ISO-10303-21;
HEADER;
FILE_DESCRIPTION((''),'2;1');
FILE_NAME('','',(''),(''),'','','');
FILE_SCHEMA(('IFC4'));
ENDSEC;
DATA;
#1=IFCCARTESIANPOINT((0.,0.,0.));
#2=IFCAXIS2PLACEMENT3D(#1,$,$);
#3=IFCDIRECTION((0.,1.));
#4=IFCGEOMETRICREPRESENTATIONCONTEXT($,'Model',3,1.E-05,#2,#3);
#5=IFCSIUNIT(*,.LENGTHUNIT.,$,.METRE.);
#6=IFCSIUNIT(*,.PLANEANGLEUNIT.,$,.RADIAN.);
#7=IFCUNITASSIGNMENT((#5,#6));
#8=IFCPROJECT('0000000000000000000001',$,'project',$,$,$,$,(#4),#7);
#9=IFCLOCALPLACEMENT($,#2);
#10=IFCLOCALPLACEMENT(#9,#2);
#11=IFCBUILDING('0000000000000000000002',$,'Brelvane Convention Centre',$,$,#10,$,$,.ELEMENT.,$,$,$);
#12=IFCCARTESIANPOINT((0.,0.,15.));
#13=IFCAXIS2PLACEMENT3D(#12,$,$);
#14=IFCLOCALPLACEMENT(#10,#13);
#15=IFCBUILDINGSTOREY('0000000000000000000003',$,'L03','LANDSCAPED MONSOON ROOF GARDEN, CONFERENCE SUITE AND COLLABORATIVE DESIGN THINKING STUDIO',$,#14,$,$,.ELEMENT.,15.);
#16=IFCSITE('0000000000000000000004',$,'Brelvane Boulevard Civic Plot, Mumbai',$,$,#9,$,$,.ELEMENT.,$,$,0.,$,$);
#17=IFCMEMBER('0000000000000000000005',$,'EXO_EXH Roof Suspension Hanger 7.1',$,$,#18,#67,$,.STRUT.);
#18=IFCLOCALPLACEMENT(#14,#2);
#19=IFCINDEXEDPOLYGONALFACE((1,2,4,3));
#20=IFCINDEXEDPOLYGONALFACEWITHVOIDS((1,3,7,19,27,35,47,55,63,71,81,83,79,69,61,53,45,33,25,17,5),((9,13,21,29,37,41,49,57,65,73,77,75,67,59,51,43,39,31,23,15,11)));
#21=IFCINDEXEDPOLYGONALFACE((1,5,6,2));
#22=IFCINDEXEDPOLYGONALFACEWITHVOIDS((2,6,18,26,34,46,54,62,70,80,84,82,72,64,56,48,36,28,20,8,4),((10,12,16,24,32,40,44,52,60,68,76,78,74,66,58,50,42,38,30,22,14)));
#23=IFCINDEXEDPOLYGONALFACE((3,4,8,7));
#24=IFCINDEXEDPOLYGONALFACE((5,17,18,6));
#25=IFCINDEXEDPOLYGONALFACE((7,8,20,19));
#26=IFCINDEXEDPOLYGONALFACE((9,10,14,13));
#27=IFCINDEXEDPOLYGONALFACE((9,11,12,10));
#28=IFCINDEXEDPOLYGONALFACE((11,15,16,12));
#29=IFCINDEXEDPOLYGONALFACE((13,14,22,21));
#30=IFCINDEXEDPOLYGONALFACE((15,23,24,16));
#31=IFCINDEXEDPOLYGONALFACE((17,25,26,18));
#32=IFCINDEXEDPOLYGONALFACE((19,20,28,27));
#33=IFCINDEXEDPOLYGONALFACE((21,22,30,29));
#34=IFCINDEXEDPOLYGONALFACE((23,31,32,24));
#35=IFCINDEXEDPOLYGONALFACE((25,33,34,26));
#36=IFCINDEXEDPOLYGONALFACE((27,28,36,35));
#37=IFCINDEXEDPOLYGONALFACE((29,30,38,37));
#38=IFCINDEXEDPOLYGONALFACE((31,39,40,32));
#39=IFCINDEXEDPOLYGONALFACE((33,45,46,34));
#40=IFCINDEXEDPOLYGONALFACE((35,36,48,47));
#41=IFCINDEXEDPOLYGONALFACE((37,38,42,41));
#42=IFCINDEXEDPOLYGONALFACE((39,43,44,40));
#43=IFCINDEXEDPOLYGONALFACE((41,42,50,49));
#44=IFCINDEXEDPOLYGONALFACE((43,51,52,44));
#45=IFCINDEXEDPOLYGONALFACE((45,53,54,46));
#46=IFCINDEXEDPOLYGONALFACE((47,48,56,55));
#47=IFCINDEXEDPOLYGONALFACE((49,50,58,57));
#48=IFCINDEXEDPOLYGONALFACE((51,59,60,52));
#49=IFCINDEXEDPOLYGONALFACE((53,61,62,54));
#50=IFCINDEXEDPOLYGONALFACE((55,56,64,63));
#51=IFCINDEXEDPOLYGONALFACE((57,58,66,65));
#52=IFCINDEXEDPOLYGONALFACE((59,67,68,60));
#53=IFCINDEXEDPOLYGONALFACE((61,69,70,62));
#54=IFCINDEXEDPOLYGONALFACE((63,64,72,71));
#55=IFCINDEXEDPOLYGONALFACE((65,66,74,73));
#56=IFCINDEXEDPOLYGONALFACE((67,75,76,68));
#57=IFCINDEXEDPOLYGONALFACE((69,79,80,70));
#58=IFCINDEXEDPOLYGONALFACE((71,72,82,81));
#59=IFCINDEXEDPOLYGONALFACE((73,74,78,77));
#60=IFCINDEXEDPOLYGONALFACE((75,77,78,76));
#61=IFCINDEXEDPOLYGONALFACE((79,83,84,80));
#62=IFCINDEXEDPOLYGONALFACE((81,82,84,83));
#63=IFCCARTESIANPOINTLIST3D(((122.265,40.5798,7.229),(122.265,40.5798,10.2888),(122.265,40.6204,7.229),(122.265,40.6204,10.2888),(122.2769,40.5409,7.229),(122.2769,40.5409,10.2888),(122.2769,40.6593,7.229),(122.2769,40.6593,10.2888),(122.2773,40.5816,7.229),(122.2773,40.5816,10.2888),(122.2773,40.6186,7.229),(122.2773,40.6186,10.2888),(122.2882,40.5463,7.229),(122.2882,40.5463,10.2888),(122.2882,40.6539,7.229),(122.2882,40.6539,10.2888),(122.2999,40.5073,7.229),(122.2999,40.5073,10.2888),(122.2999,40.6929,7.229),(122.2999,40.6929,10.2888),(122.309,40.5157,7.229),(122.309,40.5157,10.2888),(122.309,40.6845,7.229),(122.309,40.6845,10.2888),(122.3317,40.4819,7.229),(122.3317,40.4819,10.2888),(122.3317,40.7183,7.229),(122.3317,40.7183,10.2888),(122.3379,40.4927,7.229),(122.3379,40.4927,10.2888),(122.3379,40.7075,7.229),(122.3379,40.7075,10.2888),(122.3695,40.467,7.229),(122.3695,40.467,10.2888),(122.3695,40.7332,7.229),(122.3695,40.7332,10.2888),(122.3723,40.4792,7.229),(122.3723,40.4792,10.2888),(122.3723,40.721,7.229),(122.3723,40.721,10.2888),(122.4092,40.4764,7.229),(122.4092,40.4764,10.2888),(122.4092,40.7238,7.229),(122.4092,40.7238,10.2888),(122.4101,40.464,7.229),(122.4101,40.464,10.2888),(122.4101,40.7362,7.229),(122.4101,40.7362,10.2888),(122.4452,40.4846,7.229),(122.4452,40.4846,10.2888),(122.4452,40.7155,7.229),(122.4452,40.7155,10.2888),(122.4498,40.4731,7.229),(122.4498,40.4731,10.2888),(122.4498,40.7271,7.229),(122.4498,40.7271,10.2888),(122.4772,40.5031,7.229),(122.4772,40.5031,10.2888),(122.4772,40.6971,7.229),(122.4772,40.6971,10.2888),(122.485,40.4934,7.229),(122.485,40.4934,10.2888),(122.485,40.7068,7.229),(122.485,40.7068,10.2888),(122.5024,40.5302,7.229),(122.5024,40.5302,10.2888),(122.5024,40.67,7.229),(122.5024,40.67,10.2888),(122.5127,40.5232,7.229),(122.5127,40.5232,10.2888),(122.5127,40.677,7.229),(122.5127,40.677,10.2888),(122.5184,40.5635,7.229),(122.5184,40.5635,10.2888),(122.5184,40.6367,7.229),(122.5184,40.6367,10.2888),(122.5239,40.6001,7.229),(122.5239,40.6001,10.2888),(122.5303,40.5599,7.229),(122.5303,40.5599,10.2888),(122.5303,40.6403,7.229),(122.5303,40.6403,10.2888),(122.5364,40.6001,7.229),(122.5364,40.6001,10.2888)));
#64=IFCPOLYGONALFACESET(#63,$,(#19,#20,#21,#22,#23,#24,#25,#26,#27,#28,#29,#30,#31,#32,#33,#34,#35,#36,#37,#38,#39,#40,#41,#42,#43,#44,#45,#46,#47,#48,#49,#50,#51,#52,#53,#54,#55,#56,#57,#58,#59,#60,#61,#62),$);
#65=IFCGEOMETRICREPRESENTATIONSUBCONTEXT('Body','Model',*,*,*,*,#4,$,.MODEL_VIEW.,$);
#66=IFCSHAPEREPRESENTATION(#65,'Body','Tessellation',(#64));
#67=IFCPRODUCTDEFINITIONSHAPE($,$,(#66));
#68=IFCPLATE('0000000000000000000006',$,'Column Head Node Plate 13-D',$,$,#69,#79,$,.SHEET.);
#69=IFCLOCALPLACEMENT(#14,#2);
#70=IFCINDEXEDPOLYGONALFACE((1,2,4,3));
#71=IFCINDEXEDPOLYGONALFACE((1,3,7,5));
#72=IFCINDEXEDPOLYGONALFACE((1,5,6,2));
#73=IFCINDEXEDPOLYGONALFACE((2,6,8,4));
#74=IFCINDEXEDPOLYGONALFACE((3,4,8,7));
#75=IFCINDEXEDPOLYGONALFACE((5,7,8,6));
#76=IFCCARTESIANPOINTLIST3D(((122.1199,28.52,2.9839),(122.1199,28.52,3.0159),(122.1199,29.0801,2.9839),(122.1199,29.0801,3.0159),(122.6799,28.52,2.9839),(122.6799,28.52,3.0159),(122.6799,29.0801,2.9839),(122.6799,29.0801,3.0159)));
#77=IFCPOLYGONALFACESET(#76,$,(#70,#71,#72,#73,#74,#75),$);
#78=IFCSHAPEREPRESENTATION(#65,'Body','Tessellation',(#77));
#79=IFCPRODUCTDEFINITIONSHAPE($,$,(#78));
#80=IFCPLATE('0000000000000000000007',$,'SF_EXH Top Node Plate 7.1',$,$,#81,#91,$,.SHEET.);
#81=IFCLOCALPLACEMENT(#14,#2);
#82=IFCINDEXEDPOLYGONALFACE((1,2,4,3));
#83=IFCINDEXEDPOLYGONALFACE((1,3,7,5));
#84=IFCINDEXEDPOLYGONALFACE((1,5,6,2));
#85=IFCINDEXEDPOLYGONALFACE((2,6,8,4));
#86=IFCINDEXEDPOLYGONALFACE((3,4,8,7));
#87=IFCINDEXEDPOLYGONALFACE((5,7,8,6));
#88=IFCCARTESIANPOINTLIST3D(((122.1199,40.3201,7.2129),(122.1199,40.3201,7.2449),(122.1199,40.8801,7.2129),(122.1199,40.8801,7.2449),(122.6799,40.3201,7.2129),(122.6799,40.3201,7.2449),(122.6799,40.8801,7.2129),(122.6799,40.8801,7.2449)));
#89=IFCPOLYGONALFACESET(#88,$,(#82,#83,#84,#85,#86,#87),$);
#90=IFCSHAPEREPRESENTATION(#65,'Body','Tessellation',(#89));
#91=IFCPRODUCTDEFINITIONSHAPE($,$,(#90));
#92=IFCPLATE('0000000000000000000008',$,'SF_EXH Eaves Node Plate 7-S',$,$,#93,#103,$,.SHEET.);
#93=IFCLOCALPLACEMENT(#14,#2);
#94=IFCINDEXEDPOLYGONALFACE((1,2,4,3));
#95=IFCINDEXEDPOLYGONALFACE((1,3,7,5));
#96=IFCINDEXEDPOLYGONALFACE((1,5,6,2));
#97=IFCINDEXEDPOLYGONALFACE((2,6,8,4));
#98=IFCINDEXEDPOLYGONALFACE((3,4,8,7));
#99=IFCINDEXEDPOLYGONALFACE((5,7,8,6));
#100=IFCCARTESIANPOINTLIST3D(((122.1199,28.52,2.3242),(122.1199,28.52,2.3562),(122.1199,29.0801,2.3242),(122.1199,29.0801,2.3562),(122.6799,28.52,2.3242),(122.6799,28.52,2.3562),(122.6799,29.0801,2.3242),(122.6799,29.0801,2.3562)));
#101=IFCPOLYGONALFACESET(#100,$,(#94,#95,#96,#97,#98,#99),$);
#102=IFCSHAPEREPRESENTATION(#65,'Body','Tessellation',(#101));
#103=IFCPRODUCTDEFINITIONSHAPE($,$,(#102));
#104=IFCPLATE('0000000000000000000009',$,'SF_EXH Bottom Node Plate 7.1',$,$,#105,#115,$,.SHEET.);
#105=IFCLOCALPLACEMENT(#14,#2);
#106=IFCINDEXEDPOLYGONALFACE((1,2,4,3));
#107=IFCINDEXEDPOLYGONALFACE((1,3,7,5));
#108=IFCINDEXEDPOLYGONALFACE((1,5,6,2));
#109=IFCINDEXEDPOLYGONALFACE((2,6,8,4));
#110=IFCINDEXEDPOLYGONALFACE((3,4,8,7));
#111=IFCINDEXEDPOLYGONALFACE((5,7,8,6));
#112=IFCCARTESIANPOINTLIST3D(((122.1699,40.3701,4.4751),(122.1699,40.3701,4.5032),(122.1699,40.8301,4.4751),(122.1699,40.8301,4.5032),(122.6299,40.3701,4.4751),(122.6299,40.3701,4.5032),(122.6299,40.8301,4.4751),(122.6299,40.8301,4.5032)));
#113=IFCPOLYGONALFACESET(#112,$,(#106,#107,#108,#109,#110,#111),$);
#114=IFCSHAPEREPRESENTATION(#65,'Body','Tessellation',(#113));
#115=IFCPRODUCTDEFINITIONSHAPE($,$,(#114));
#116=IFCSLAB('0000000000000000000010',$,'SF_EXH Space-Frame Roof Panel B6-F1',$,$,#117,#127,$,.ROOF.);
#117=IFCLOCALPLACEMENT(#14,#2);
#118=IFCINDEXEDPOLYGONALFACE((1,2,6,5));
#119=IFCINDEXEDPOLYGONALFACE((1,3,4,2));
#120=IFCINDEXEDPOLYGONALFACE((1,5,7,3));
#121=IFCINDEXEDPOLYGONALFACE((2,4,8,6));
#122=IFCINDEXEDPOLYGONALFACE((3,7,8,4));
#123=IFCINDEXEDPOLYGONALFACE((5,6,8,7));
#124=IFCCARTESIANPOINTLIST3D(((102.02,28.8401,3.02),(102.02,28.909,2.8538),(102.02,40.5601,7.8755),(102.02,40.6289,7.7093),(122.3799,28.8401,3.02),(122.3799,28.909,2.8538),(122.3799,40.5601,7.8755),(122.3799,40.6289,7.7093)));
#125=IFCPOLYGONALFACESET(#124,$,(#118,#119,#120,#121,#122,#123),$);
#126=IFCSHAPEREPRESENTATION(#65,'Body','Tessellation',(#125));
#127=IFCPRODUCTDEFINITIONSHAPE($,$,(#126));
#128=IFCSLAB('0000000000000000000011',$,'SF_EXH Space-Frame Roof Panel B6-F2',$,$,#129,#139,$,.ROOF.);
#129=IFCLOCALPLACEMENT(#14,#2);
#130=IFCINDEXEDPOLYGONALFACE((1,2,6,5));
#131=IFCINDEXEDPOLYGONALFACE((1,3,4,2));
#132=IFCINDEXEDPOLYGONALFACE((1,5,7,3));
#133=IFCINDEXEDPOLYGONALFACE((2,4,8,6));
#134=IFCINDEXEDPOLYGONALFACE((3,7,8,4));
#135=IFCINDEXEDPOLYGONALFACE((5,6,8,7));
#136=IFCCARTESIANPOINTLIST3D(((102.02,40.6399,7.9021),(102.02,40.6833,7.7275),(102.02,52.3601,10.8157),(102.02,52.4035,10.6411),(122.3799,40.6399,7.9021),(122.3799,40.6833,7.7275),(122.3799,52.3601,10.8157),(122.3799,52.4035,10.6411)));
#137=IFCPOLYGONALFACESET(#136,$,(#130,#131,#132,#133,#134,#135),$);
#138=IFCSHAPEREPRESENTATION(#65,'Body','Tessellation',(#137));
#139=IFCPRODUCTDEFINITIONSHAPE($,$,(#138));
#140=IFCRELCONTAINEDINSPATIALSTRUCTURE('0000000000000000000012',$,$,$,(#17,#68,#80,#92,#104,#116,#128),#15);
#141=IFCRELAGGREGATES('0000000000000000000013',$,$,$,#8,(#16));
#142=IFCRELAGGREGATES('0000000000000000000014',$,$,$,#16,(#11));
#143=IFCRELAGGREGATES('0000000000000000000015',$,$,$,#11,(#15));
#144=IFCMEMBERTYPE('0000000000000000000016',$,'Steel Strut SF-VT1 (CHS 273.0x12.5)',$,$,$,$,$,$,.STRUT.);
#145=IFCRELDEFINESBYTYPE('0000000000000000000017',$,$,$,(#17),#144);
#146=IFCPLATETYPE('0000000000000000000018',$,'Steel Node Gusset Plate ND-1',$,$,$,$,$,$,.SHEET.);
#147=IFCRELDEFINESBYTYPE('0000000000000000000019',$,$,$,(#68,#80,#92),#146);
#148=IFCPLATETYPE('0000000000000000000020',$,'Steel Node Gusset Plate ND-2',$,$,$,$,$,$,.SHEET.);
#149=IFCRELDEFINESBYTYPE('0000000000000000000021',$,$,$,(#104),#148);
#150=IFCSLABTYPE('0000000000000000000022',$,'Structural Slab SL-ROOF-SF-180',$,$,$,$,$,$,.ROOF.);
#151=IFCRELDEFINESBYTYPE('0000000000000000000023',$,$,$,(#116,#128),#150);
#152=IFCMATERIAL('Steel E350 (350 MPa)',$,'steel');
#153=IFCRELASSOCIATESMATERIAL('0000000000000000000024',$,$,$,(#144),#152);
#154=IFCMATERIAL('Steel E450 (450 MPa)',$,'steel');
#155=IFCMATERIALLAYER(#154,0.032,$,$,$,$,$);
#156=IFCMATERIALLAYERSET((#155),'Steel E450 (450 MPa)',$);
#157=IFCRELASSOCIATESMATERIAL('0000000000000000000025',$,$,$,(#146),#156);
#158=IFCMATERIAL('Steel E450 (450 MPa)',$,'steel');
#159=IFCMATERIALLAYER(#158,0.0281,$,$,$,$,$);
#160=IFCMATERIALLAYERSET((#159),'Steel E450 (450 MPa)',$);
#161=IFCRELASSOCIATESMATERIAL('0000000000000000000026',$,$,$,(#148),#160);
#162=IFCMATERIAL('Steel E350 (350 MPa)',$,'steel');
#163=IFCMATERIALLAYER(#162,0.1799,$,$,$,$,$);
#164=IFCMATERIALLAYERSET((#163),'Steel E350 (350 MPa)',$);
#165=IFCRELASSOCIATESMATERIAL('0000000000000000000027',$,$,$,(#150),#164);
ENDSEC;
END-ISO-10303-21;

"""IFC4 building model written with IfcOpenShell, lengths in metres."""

from ifc_helpers import new_model, si_unit, direction, frame, origin, origin_2d, place, context, subcontext, project, spatial, polyline, rectangle, hollow_circle, outline, extrude, material, layer, layer_set, material_profile, profile_set, type_object, element, save


model = new_model("IFC4")

# Units and contexts
model_context = context("Model", 3, precision=1e-05, world=origin(), true_north=direction((0.0, 1.0)))
body_context = subcontext(model_context, "Body", "Model", "MODEL_VIEW")
ifc_project = project(units=[si_unit("LENGTHUNIT", "METRE"), si_unit("PLANEANGLEUNIT", "RADIAN")], contexts=[model_context])

# Site, building, storey
site_placement = place(None, origin())
site = spatial("IfcSite", under=ifc_project, at=site_placement, Name="Brelvane Boulevard Civic Plot, Mumbai", CompositionType="ELEMENT", RefElevation=0.0)
building_placement = place(site_placement, origin())
building = spatial("IfcBuilding", under=site, at=building_placement, Name="Brelvane Convention Centre", CompositionType="ELEMENT")
storey_placement = place(building_placement, frame((0.0, 0.0, 15.0)))
storey = spatial("IfcBuildingStorey", under=building, at=storey_placement, Name="L03", Description="LANDSCAPED MONSOON ROOF GARDEN, CONFERENCE SUITE AND COLLABORATIVE DESIGN THINKING STUDIO", CompositionType="ELEMENT", Elevation=15.0)

# Member
ifc_material_1 = material(Name="Steel E350 (350 MPa)", Category="steel")
ifc_material_profile_1 = material_profile(ifc_material_1, hollow_circle(Radius=0.1365, WallThickness=0.0125, at=origin_2d()), Name="CHS 273.0x12.5")
ifc_profile_set_1 = profile_set([ifc_material_profile_1], Name="Steel E350 (350 MPa)")
member_type_1 = type_object("IfcMemberType", Name="Steel Strut SF-VT1 (CHS 273.0x12.5)", PredefinedType="STRUT", material=ifc_profile_set_1)
member_1_placement = place(storey_placement, frame((122.3999, 40.6001, 7.229), z_axis=(0.0, 0.0, 1.0), x_axis=(1.0, 0.0, 0.0)))
element("IfcMember", 1, at=member_1_placement, inside=storey, type_object=member_type_1, Name="EXO_EXH Roof Suspension Hanger 7.1", PredefinedType="STRUT", context=body_context, shape_type="SweptSolid", body=[
    extrude(hollow_circle(Radius=0.1365, WallThickness=0.0125, at=origin_2d()), origin(), (0.0, 0.0, 1.0), 3.0598),
])

# Plates
ifc_material_2 = material(Name="Steel E450 (450 MPa)", Category="steel")
ifc_layer_1 = layer(ifc_material_2, 0.032)
ifc_layer_set_1 = layer_set([ifc_layer_1], Name="Steel E450 (450 MPa)")
plate_type_1 = type_object("IfcPlateType", Name="Steel Node Gusset Plate ND-1", PredefinedType="SHEET", material=ifc_layer_set_1)
for number, where, z_axis, x_axis, name in (
    (2, (122.3999, 28.8, 2.9839), (0.0, 0.0, 1.0), (1.0, 0.0, 0.0), "Column Head Node Plate 13-D"),
    (3, (122.3999, 40.6001, 7.2129), (0.0, 0.0, 1.0), (1.0, 0.0, 0.0), "SF_EXH Top Node Plate 7.1"),
    (4, (122.3999, 28.8, 2.3242), (0.0, 0.0, 1.0), (1.0, 0.0, 0.0), "SF_EXH Eaves Node Plate 7-S"),
):
    element("IfcPlate", number, at=place(storey_placement, frame(where, z_axis=z_axis, x_axis=x_axis)), inside=storey, type_object=plate_type_1, Name=name, PredefinedType="SHEET", context=body_context, shape_type="SweptSolid", body=[
        extrude(rectangle(XDim=0.5601, YDim=0.5601, at=origin_2d()), origin(), (0.0, 0.0, 1.0), 0.032),
    ])
ifc_material_3 = material(Name="Steel E450 (450 MPa)", Category="steel")
ifc_layer_2 = layer(ifc_material_3, 0.0281)
ifc_layer_set_2 = layer_set([ifc_layer_2], Name="Steel E450 (450 MPa)")
plate_type_2 = type_object("IfcPlateType", Name="Steel Node Gusset Plate ND-2", PredefinedType="SHEET", material=ifc_layer_set_2)
plate_placement = place(storey_placement, frame((122.3999, 40.6001, 4.4751), z_axis=(0.0, 0.0, 1.0), x_axis=(1.0, 0.0, 0.0)))
element("IfcPlate", 5, at=plate_placement, inside=storey, type_object=plate_type_2, Name="SF_EXH Bottom Node Plate 7.1", PredefinedType="SHEET", context=body_context, shape_type="SweptSolid", body=[
    extrude(rectangle(XDim=0.46, YDim=0.46, at=origin_2d()), origin(), (0.0, 0.0, 1.0), 0.0281),
])

# Slabs
ifc_material_4 = material(Name="Steel E350 (350 MPa)", Category="steel")
ifc_layer_3 = layer(ifc_material_4, 0.1799)
ifc_layer_set_3 = layer_set([ifc_layer_3], Name="Steel E350 (350 MPa)")
slab_type = type_object("IfcSlabType", Name="Structural Slab SL-ROOF-SF-180", PredefinedType="ROOF", material=ifc_layer_set_3)
slab_1_placement = place(storey_placement, frame((102.02, 28.8401, 3.02), z_axis=(0.0, -0.382744, 0.923855), x_axis=(1.0, 0.0, 0.0)))
element("IfcSlab", 6, at=slab_1_placement, inside=storey, type_object=slab_type, Name="SF_EXH Space-Frame Roof Panel B6-F1", PredefinedType="ROOF", context=body_context, shape_type="SweptSolid", body=[
    extrude(outline(polyline([(0.0, 0.0), (20.3599, 0.0), (20.3599, 12.6859), (0.0, 12.6859), (0.0, 0.0)])), origin(), (0.0, 0.0, -1.0), 0.1799),
])
slab_2_placement = place(storey_placement, frame((102.02, 40.6399, 7.9021), z_axis=(0.0, -0.241251, 0.970463), x_axis=(1.0, 0.0, 0.0)))
element("IfcSlab", 7, at=slab_2_placement, inside=storey, type_object=slab_type, Name="SF_EXH Space-Frame Roof Panel B6-F2", PredefinedType="ROOF", context=body_context, shape_type="SweptSolid", body=[
    extrude(outline(polyline([(0.0, 0.0), (20.3599, 0.0), (20.3599, 12.0769), (0.0, 12.0769), (0.0, 0.0)])), origin(), (0.0, 0.0, -1.0), 0.1799),
])

save(model, "model.ifc")
